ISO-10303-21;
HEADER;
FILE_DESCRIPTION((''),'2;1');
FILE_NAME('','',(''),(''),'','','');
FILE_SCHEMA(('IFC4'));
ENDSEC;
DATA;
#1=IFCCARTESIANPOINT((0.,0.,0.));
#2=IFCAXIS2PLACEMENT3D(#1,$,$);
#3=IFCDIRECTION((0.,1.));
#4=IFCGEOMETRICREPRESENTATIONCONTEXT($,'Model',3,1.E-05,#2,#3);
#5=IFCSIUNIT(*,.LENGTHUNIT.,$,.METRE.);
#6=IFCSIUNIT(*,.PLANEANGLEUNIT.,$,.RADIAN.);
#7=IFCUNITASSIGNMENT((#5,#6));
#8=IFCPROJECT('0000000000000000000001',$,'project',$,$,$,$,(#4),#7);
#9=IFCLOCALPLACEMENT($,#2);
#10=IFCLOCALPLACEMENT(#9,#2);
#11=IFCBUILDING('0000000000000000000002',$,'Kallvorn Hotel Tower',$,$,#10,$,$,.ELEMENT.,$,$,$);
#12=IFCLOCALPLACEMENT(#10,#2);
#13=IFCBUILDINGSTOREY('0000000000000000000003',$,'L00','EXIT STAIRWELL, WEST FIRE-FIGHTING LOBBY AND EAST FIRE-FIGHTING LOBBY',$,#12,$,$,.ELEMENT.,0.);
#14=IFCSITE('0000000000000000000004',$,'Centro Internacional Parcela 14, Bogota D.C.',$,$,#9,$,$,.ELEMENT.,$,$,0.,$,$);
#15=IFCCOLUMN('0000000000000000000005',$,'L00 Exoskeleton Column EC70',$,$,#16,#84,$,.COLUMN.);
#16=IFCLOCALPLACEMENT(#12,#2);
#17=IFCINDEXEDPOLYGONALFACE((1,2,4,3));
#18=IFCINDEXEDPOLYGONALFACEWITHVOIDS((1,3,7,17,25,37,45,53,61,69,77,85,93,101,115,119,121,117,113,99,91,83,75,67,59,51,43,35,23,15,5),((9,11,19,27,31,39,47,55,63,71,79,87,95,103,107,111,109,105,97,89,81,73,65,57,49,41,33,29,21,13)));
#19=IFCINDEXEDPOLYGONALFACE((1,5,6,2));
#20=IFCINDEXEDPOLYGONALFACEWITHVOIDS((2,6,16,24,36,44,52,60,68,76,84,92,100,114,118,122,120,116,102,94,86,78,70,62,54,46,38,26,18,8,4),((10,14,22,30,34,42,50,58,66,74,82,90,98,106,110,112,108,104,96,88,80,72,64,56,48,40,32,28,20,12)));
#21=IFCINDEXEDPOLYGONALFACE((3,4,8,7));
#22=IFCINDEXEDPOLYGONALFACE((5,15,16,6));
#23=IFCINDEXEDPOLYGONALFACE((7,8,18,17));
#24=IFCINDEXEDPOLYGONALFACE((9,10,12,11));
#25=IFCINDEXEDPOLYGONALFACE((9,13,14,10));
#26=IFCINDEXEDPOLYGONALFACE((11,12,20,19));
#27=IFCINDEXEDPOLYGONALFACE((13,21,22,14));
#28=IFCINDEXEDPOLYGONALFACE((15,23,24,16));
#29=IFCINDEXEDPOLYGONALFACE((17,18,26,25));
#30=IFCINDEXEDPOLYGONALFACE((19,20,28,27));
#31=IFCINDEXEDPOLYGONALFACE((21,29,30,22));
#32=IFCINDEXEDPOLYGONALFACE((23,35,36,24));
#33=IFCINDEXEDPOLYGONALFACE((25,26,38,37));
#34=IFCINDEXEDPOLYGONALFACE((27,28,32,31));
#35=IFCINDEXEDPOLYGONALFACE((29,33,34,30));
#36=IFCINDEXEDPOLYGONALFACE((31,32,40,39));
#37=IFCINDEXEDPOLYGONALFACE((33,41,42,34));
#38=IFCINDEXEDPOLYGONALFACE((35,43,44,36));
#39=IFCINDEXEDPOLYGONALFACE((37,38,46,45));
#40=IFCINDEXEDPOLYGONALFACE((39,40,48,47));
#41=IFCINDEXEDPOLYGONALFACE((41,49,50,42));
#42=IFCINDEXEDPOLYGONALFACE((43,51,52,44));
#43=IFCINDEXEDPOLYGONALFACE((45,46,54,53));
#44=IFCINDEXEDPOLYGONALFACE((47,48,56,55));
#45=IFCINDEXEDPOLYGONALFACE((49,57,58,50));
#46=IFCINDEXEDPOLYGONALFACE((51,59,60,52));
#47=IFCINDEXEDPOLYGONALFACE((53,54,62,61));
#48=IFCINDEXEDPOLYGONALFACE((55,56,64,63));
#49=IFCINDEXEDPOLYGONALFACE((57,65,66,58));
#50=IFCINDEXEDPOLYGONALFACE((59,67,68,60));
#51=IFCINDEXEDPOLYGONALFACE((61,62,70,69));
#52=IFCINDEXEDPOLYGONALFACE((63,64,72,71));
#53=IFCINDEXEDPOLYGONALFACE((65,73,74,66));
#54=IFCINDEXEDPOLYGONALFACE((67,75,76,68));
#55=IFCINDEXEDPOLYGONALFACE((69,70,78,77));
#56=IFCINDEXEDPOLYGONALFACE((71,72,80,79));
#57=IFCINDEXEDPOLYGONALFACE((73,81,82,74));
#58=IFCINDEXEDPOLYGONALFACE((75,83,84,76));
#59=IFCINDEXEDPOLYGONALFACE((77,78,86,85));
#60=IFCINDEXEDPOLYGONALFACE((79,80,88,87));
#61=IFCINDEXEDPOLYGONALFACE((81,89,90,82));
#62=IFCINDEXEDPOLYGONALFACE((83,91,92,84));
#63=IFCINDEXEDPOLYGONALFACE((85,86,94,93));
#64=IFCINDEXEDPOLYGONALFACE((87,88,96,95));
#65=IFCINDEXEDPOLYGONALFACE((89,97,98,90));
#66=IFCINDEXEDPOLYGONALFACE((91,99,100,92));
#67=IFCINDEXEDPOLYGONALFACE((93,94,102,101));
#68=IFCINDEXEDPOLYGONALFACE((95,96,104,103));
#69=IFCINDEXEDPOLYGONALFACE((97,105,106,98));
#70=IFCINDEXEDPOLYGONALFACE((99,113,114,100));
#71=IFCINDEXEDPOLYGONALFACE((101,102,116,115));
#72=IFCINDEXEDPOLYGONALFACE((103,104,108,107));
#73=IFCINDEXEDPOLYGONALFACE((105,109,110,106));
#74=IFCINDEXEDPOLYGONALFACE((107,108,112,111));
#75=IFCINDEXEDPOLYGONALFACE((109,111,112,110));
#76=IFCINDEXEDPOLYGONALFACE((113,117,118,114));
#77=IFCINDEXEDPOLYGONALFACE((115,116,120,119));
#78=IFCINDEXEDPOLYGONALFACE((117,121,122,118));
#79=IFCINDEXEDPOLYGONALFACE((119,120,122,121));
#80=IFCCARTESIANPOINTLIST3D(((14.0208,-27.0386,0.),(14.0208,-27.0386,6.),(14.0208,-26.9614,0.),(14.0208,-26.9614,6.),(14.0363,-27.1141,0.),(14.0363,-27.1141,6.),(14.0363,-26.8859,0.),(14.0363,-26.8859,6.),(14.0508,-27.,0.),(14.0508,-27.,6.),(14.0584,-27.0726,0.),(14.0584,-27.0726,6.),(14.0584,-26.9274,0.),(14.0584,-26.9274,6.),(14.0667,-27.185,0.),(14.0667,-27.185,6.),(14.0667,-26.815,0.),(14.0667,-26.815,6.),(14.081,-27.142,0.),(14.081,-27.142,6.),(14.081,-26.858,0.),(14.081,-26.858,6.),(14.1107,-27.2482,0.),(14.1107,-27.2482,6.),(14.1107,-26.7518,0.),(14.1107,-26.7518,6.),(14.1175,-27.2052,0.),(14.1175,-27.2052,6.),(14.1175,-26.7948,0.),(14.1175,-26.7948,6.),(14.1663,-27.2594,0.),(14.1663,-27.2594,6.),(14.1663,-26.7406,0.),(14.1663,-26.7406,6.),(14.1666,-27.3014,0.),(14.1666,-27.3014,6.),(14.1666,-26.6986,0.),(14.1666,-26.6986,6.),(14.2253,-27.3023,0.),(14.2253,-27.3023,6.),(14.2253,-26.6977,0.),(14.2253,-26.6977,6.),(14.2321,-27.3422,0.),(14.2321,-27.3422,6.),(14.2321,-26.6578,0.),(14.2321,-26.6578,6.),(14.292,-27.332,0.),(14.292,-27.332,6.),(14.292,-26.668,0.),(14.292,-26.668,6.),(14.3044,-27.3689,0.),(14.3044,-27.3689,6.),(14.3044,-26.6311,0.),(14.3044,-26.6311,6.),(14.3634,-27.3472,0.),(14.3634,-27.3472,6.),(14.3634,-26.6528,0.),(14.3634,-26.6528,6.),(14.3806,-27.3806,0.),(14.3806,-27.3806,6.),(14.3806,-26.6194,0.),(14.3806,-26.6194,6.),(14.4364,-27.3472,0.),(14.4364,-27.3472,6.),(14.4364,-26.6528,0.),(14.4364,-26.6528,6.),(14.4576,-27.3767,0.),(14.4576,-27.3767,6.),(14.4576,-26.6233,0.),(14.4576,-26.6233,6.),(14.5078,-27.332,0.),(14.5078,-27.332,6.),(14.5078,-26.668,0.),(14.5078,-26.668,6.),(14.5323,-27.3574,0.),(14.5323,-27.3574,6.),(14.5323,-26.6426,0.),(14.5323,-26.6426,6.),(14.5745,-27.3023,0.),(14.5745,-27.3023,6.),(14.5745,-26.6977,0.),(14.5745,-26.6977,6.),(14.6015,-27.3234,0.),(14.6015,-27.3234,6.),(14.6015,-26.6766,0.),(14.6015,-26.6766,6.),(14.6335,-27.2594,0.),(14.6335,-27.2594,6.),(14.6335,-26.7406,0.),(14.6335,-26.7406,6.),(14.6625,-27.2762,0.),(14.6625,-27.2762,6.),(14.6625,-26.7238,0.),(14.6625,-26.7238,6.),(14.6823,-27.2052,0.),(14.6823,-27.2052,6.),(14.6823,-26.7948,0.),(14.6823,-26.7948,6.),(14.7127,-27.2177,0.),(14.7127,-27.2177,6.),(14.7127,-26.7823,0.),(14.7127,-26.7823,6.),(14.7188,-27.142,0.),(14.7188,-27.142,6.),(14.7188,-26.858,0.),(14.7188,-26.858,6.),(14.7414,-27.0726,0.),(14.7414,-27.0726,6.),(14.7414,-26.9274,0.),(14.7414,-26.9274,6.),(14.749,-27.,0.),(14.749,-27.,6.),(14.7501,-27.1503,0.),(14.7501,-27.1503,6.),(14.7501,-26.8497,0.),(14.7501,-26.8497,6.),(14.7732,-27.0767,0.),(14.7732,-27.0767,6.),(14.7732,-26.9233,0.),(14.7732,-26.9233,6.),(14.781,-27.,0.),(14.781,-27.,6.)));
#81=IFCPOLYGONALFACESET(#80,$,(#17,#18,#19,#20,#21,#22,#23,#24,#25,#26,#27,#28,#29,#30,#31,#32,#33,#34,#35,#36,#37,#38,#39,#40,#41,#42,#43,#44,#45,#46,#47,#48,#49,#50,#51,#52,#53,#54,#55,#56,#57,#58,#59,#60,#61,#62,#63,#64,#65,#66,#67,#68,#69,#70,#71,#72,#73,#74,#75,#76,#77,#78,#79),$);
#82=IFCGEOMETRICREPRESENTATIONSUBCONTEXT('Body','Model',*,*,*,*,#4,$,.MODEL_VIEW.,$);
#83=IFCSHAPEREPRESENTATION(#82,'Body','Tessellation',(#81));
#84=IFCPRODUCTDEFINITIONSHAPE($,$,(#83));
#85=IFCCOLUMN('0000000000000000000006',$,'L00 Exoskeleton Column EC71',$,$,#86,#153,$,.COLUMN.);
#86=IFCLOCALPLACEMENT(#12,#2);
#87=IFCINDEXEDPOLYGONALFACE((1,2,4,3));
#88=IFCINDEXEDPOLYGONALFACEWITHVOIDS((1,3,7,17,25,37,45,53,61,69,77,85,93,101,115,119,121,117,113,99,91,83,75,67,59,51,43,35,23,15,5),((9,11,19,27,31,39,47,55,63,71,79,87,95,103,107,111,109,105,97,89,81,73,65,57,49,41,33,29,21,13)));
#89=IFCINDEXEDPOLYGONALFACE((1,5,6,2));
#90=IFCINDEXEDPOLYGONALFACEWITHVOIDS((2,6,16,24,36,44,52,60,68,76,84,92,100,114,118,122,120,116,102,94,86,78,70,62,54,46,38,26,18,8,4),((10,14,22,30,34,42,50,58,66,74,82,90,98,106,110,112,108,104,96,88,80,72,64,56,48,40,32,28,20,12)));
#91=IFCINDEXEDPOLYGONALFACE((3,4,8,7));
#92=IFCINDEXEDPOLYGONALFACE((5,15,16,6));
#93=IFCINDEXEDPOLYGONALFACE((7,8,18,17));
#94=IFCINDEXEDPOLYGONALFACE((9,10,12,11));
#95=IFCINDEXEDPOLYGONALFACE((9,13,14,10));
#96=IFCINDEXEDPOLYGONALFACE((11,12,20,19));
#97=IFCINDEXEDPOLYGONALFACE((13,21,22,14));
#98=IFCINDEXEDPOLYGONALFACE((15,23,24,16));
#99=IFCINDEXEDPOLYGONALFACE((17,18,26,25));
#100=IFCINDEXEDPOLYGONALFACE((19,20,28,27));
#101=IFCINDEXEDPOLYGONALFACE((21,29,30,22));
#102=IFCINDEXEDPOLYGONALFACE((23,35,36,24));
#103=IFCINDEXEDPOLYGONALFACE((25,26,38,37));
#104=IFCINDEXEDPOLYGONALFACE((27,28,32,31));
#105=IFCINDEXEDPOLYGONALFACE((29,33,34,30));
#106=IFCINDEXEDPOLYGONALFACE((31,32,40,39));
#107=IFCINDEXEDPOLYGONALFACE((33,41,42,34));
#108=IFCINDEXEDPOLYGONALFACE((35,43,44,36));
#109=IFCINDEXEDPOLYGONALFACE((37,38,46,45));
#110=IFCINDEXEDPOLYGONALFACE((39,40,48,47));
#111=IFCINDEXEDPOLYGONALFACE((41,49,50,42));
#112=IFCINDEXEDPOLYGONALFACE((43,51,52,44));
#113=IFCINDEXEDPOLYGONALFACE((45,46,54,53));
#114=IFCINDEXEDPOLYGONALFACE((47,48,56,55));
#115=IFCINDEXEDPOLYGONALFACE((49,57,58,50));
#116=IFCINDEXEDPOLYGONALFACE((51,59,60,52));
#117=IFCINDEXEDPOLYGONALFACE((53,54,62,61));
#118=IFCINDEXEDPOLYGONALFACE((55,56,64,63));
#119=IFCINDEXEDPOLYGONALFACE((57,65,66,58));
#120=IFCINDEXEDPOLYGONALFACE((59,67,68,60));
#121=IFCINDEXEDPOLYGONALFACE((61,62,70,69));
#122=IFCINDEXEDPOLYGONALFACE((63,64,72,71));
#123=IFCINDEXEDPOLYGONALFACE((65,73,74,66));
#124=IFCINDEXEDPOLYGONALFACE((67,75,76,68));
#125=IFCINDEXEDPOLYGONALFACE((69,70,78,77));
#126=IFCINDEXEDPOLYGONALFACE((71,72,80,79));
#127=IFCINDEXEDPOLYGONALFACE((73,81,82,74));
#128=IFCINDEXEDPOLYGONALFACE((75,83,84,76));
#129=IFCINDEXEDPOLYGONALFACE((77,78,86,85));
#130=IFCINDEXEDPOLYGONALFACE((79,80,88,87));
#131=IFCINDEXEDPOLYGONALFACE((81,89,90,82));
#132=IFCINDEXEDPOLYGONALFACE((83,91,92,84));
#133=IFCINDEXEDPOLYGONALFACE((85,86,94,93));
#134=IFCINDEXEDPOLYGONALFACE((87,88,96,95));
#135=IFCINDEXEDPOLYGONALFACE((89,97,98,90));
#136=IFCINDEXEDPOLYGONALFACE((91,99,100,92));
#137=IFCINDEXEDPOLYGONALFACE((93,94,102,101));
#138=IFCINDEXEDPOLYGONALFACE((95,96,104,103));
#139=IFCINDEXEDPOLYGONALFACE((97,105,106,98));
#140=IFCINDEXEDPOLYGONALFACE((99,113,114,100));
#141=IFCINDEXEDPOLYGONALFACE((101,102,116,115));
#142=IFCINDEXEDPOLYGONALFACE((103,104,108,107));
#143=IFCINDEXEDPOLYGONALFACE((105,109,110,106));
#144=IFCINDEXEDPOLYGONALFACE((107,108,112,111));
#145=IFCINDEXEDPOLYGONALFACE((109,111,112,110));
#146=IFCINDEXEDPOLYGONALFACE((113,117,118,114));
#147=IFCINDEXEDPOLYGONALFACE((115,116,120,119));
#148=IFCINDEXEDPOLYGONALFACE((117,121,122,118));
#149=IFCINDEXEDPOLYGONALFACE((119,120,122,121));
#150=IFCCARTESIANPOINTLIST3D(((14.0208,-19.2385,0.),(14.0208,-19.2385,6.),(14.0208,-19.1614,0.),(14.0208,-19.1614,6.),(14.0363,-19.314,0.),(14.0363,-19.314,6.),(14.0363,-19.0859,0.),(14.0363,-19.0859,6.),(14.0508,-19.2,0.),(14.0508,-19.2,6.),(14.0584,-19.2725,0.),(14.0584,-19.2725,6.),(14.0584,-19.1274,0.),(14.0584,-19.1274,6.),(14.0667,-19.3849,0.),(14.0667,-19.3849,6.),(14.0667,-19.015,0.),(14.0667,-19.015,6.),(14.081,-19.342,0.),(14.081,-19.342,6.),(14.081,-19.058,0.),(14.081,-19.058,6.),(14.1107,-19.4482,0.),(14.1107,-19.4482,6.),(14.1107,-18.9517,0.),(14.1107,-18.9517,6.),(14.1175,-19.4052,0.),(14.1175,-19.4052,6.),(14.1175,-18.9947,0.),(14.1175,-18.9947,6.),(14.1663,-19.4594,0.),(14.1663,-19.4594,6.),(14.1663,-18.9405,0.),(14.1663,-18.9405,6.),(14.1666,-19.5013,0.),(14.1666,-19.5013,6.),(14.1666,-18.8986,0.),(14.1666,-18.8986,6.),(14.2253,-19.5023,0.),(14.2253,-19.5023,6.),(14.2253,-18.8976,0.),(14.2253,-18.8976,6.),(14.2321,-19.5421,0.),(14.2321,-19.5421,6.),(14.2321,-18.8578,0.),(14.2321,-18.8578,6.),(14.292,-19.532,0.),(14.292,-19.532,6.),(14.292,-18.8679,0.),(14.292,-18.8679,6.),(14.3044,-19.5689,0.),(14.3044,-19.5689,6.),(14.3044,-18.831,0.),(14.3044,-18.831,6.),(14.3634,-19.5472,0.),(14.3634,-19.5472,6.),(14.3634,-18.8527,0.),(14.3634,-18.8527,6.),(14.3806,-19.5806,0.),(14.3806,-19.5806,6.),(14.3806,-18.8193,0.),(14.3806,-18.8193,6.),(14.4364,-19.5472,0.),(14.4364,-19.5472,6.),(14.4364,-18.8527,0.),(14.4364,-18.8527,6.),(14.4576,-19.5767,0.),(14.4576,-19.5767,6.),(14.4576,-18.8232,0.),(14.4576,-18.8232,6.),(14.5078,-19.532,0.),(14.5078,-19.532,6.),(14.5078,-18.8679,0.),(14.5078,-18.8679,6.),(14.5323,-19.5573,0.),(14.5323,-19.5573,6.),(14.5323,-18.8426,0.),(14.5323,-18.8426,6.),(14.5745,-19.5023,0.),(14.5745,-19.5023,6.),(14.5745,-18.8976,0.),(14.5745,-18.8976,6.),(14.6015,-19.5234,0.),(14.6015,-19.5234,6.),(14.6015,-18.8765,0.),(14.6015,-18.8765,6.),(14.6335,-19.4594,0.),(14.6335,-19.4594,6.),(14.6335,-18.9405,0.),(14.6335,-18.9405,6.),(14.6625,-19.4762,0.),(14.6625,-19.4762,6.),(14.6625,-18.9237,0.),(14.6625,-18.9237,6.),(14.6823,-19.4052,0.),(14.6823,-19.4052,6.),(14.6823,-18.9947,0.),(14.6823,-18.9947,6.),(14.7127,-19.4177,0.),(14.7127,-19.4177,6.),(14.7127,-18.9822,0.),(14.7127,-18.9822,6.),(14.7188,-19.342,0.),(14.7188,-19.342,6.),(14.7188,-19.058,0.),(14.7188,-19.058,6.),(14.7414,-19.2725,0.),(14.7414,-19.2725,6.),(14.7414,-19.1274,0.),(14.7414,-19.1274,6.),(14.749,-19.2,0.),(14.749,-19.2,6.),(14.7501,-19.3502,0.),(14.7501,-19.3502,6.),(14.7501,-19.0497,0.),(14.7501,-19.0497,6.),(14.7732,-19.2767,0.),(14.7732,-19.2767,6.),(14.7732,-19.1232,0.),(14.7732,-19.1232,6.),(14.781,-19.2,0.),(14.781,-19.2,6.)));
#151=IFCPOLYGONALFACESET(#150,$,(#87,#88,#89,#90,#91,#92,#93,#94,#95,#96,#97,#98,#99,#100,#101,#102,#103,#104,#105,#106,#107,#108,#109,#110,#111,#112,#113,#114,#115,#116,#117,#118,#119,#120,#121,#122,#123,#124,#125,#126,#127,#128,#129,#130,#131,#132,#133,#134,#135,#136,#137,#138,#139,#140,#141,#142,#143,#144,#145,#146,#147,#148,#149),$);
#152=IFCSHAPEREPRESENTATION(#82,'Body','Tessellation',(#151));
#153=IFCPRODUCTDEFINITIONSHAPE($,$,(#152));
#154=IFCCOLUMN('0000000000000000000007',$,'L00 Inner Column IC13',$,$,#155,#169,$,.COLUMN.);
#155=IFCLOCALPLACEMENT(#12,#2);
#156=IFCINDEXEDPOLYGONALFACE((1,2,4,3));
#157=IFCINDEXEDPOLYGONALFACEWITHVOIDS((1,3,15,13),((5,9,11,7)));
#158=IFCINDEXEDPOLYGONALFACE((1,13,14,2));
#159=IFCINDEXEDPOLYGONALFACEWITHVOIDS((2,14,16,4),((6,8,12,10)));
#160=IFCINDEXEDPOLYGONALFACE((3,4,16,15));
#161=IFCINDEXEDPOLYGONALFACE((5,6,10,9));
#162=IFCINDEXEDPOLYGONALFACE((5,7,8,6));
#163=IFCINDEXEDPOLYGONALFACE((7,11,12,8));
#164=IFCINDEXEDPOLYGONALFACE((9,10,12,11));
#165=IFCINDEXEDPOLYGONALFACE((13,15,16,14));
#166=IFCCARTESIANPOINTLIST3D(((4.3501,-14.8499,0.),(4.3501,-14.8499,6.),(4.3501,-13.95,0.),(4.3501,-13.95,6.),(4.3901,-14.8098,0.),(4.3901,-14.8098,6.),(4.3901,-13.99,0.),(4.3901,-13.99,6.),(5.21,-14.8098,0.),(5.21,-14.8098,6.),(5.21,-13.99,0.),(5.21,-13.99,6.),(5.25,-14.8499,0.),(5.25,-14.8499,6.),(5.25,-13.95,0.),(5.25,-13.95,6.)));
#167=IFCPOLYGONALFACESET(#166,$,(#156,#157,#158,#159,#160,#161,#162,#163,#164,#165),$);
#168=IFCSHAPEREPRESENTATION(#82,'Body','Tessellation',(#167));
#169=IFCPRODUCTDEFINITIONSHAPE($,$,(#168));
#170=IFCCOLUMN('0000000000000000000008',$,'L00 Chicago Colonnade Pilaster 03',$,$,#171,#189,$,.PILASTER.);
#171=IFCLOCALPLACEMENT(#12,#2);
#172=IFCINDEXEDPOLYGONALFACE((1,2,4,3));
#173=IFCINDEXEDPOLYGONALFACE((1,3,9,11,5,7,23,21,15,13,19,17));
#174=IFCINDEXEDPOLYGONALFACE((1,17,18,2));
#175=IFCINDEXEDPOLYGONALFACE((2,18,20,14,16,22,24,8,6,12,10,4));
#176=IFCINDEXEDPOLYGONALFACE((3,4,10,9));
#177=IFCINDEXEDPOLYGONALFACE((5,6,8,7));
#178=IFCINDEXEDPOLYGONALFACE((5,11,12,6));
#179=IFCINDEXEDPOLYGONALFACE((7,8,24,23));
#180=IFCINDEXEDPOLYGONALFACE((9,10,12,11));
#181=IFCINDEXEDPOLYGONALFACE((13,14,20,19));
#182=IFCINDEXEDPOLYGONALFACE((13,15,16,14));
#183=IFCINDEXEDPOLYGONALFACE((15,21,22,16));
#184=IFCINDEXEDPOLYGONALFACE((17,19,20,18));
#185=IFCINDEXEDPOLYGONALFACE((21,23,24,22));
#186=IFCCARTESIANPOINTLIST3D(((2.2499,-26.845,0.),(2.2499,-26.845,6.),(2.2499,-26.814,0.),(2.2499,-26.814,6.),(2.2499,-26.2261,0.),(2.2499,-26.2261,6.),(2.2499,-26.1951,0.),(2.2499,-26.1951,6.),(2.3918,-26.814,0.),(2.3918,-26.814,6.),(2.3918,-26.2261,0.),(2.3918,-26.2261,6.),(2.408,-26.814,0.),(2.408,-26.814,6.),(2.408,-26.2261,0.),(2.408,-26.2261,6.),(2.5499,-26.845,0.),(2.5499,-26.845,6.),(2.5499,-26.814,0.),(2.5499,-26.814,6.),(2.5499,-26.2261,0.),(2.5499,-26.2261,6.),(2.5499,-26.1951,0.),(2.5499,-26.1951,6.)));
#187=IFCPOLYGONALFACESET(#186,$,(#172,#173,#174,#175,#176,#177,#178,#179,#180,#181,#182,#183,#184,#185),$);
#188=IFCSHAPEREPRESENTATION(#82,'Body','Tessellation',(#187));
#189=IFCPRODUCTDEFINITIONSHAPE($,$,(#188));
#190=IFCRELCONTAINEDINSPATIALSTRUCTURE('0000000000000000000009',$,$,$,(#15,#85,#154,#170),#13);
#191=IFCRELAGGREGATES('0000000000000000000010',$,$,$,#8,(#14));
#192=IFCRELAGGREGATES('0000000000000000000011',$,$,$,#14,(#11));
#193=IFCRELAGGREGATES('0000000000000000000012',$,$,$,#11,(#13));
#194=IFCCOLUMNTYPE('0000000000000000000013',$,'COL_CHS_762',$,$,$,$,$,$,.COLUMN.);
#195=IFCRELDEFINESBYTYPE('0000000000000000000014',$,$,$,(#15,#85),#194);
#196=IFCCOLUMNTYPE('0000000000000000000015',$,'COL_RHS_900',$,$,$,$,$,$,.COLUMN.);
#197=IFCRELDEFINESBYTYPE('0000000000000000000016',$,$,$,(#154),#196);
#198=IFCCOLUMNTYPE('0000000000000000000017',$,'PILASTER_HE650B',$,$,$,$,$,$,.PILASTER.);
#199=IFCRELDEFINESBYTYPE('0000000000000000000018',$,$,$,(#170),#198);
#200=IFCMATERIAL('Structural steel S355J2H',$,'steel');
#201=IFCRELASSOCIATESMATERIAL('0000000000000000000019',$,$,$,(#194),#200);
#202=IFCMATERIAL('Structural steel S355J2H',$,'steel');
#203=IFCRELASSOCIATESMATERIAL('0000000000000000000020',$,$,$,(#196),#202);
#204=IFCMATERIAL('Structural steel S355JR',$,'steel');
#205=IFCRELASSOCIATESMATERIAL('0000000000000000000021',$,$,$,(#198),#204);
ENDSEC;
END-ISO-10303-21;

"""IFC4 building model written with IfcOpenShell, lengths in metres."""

from ifc_helpers import new_model, si_unit, direction, frame, origin, origin_2d, place, context, subcontext, project, spatial, hollow_rectangle, hollow_circle, i_section, extrude, material, material_profile, profile_set, type_object, element, save


model = new_model("IFC4")

# Units and contexts
model_context = context("Model", 3, precision=1e-05, world=origin(), true_north=direction((0.0, 1.0)))
body_context = subcontext(model_context, "Body", "Model", "MODEL_VIEW")
ifc_project = project(units=[si_unit("LENGTHUNIT", "METRE"), si_unit("PLANEANGLEUNIT", "RADIAN")], contexts=[model_context])

# Site, building, storey
site_placement = place(None, origin())
site = spatial("IfcSite", under=ifc_project, at=site_placement, Name="Centro Internacional Parcela 14, Bogota D.C.", CompositionType="ELEMENT", RefElevation=0.0)
building_placement = place(site_placement, origin())
building = spatial("IfcBuilding", under=site, at=building_placement, Name="Kallvorn Hotel Tower", CompositionType="ELEMENT")
storey_placement = place(building_placement, origin())
storey = spatial("IfcBuildingStorey", under=building, at=storey_placement, Name="L00", Description="EXIT STAIRWELL, WEST FIRE-FIGHTING LOBBY AND EAST FIRE-FIGHTING LOBBY", CompositionType="ELEMENT", Elevation=0.0)

# Columns
ifc_material_1 = material(Name="Structural steel S355J2H", Category="steel")
ifc_material_profile_1 = material_profile(ifc_material_1, hollow_circle(Radius=0.3811, WallThickness=0.032, at=origin_2d()), Name="CHS 762x32")
ifc_profile_set_1 = profile_set([ifc_material_profile_1], Name="Structural steel S355J2H")
column_type_1 = type_object("IfcColumnType", Name="COL_CHS_762", PredefinedType="COLUMN", material=ifc_profile_set_1)
for number, where, z_axis, x_axis, name in (
    (1, (14.3999, -27.0, 0.0), (0.0, 0.0, 1.0), (1.0, 0.0, 0.0), "L00 Exoskeleton Column EC70"),
    (2, (14.3999, -19.2, 0.0), (0.0, 0.0, 1.0), (1.0, 0.0, 0.0), "L00 Exoskeleton Column EC71"),
):
    element("IfcColumn", number, at=place(storey_placement, frame(where, z_axis=z_axis, x_axis=x_axis)), inside=storey, type_object=column_type_1, Name=name, PredefinedType="COLUMN", context=body_context, shape_type="SweptSolid", body=[
        extrude(hollow_circle(Radius=0.3811, WallThickness=0.032, at=origin_2d()), origin(), (0.0, 0.0, 1.0), 6.0),
    ])
ifc_material_2 = material(Name="Structural steel S355J2H", Category="steel")
ifc_material_profile_2 = material_profile(ifc_material_2, hollow_rectangle(XDim=0.8999, YDim=0.8999, WallThickness=0.04, at=origin_2d()), Name="RHS 900x900x40")
ifc_profile_set_2 = profile_set([ifc_material_profile_2], Name="Structural steel S355J2H")
column_type_2 = type_object("IfcColumnType", Name="COL_RHS_900", PredefinedType="COLUMN", material=ifc_profile_set_2)
column_placement = place(storey_placement, frame((4.8, -14.3999, 0.0), z_axis=(0.0, 0.0, 1.0), x_axis=(1.0, 0.0, 0.0)))
element("IfcColumn", 3, at=column_placement, inside=storey, type_object=column_type_2, Name="L00 Inner Column IC13", PredefinedType="COLUMN", context=body_context, shape_type="SweptSolid", body=[
    extrude(hollow_rectangle(XDim=0.8999, YDim=0.8999, WallThickness=0.04, at=origin_2d()), origin(), (0.0, 0.0, 1.0), 6.0),
])
ifc_material_3 = material(Name="Structural steel S355JR", Category="steel")
ifc_material_profile_3 = material_profile(ifc_material_3, i_section(OverallWidth=0.3, OverallDepth=0.6499, WebThickness=0.0161, FlangeThickness=0.031, at=origin_2d()), Name="HE 650 B")
ifc_profile_set_3 = profile_set([ifc_material_profile_3], Name="Structural steel S355JR")
column_type_3 = type_object("IfcColumnType", Name="PILASTER_HE650B", PredefinedType="PILASTER", material=ifc_profile_set_3)
for number, where, z_axis, x_axis, name in (
    (4, (2.3999, -26.52, 0.0), (0.0, 0.0, 1.0), (1.0, 0.0, 0.0), "L00 Chicago Colonnade Pilaster 03"),
):
    element("IfcColumn", number, at=place(storey_placement, frame(where, z_axis=z_axis, x_axis=x_axis)), inside=storey, type_object=column_type_3, Name=name, PredefinedType="PILASTER", context=body_context, shape_type="SweptSolid", body=[
        extrude(i_section(OverallWidth=0.3, OverallDepth=0.6499, WebThickness=0.0161, FlangeThickness=0.031, at=origin_2d()), origin(), (0.0, 0.0, 1.0), 6.0),
    ])

save(model, "model.ifc")
